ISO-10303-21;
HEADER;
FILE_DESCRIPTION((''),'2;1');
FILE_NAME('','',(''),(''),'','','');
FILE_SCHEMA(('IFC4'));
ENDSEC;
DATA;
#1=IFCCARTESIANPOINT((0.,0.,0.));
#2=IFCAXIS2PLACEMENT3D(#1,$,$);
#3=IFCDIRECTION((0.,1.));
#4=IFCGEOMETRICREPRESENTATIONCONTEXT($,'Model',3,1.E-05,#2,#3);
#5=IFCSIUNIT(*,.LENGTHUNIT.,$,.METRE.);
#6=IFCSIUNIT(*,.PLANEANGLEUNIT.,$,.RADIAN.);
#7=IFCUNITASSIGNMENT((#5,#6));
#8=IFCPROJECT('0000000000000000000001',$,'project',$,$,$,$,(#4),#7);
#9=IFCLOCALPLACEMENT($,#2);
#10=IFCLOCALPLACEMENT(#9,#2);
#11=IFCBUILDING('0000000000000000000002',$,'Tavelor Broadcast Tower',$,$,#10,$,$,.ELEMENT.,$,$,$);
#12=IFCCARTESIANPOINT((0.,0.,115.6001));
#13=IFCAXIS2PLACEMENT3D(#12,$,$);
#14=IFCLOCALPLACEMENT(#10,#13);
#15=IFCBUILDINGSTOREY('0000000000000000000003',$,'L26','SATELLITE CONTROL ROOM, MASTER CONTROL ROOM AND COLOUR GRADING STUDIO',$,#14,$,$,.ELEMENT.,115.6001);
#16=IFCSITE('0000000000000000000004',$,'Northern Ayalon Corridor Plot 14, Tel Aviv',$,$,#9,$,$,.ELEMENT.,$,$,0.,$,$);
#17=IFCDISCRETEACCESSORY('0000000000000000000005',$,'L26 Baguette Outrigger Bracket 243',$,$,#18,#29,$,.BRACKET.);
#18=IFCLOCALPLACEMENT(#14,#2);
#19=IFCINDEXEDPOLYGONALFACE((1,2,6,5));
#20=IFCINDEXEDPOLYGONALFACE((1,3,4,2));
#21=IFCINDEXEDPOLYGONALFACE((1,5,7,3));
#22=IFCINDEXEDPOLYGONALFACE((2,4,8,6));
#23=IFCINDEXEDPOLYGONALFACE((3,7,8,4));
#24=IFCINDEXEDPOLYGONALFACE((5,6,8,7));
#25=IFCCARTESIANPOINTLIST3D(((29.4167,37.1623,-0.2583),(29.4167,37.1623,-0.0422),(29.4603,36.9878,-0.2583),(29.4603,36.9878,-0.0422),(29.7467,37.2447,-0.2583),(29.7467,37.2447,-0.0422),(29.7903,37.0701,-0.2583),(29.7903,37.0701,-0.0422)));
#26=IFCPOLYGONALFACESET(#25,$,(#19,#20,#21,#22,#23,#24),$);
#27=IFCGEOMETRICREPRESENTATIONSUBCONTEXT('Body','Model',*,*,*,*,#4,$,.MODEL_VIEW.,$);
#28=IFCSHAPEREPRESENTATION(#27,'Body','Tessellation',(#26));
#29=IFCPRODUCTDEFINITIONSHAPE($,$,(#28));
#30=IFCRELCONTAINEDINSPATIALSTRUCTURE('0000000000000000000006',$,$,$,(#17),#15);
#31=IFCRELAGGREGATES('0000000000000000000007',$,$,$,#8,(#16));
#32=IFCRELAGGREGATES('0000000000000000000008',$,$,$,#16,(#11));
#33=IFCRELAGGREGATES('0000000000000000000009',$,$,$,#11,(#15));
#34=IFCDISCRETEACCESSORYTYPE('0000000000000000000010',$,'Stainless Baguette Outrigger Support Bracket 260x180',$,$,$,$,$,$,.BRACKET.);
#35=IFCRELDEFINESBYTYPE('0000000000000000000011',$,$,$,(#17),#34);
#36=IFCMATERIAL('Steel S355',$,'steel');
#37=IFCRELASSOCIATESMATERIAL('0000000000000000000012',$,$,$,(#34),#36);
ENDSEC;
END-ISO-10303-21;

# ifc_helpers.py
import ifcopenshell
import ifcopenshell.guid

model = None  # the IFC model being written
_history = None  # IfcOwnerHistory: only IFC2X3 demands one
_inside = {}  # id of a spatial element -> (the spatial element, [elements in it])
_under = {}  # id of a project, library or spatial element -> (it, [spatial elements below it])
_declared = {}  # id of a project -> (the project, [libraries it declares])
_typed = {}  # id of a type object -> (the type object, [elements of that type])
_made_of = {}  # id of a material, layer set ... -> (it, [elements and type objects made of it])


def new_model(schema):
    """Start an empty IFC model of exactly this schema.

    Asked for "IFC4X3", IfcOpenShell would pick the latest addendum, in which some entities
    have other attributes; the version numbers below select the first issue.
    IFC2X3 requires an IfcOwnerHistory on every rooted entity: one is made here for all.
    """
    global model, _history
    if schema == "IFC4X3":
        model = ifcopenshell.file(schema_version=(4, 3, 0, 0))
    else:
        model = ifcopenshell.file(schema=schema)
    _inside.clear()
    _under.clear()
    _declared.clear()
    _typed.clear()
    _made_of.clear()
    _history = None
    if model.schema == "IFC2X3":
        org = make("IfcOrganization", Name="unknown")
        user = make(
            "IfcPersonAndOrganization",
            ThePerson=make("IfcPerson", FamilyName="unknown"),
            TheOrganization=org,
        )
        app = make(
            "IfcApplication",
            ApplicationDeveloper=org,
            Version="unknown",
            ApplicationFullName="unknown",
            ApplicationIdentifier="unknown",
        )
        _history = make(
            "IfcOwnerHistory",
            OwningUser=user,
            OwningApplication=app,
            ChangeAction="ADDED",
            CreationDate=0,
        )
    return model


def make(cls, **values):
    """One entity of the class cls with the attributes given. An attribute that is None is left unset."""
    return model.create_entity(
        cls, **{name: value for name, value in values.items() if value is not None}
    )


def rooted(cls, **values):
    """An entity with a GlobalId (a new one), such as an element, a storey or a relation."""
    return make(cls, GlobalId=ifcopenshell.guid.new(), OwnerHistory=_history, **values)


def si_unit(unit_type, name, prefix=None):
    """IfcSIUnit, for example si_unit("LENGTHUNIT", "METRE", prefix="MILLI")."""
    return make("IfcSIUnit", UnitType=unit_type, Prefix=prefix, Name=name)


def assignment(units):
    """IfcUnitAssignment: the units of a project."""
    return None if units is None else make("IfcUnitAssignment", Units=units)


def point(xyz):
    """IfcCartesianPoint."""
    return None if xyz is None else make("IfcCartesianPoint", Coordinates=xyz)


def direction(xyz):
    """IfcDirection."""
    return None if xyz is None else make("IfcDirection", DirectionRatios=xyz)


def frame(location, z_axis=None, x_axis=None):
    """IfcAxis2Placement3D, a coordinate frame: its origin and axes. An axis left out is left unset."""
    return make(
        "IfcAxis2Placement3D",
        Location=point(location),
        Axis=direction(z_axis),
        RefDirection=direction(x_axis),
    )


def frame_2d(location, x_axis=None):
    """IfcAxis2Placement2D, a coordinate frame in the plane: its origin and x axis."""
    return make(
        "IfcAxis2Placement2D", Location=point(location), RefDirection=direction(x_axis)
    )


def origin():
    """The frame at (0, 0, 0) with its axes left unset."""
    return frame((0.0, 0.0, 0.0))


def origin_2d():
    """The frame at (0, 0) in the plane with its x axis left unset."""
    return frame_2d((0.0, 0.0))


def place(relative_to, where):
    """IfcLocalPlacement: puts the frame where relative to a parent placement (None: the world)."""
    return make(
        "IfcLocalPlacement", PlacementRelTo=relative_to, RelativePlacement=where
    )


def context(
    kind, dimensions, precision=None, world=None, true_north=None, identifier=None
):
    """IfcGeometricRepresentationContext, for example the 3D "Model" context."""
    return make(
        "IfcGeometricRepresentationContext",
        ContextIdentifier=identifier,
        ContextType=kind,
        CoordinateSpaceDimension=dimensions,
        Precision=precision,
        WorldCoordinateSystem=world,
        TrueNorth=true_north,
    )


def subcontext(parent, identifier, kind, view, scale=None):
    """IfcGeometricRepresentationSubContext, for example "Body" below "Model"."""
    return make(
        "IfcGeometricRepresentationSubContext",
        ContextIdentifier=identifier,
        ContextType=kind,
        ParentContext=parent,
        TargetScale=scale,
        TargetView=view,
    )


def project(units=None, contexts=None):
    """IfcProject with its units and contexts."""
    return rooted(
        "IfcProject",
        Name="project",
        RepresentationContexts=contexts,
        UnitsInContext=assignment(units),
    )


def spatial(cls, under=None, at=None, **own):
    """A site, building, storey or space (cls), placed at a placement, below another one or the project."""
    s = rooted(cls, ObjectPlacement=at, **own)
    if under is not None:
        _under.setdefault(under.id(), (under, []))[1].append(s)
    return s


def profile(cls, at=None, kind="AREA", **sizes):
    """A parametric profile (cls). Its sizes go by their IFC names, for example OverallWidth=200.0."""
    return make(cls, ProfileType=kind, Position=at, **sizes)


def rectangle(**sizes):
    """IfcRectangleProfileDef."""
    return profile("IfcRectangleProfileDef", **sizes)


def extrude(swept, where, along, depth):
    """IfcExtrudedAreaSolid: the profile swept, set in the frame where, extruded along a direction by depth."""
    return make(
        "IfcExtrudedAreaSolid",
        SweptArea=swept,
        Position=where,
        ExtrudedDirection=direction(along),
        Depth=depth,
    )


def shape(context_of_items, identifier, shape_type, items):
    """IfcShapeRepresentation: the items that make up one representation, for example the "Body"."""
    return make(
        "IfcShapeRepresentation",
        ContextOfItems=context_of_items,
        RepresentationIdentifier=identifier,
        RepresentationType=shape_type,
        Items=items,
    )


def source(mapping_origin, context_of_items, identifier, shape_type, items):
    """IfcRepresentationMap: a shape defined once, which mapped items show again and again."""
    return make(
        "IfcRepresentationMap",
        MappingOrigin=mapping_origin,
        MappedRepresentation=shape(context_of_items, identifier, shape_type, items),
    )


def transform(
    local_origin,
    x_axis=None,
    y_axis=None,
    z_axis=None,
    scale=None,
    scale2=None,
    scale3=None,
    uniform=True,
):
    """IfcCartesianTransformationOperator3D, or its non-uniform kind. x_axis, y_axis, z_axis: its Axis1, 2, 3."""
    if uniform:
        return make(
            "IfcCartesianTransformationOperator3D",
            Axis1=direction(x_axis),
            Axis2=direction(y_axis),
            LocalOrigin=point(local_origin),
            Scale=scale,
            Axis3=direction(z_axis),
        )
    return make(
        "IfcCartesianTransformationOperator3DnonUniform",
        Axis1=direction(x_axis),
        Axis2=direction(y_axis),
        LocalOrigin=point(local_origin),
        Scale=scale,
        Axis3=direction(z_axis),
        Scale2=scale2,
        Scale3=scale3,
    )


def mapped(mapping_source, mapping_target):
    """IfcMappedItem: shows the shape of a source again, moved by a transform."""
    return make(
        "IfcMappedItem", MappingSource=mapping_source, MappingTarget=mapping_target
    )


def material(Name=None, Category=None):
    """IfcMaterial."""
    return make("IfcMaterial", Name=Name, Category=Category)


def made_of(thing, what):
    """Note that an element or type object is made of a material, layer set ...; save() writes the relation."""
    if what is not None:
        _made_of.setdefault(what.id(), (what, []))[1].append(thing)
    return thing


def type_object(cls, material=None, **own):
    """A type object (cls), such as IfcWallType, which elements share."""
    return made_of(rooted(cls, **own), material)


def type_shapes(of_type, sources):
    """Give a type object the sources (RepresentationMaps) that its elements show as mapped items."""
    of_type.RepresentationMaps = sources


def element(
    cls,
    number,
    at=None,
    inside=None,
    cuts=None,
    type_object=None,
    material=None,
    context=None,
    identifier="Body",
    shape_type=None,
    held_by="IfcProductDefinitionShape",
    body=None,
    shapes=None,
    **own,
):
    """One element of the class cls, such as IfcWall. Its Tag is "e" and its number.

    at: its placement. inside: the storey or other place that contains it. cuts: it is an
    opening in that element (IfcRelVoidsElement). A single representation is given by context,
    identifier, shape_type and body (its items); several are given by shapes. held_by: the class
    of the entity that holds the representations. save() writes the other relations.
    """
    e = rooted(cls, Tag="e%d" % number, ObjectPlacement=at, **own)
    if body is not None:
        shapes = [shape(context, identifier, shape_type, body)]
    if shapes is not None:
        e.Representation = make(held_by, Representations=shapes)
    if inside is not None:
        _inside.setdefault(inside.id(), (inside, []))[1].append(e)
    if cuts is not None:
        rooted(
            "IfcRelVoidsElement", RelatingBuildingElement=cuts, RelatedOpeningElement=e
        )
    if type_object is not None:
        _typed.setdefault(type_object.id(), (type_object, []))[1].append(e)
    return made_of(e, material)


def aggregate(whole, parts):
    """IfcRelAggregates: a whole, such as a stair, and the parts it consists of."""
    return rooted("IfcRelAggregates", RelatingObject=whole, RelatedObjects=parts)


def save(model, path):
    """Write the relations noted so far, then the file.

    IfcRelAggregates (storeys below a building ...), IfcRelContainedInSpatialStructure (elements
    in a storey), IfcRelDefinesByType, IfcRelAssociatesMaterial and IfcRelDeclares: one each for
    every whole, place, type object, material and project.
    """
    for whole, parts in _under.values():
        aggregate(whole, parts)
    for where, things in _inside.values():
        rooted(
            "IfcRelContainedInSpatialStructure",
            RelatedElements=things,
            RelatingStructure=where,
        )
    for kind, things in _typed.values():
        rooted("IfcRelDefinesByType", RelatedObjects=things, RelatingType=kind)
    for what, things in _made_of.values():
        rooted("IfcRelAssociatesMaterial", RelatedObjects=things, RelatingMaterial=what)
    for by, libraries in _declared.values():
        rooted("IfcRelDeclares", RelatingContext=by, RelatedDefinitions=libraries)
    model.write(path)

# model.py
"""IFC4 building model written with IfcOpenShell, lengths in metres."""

from ifc_helpers import new_model, si_unit, direction, frame, origin, origin_2d, place, context, subcontext, project, spatial, rectangle, extrude, source, transform, mapped, material, type_object, type_shapes, element, save


model = new_model("IFC4")

# Units and contexts
model_context = context("Model", 3, precision=1e-05, world=origin(), true_north=direction((0.0, 1.0)))
body_context = subcontext(model_context, "Body", "Model", "MODEL_VIEW")
ifc_project = project(units=[si_unit("LENGTHUNIT", "METRE"), si_unit("PLANEANGLEUNIT", "RADIAN")], contexts=[model_context])

# Site, building, storey
site_placement = place(None, origin())
site = spatial("IfcSite", under=ifc_project, at=site_placement, Name="Northern Ayalon Corridor Plot 14, Tel Aviv", CompositionType="ELEMENT", RefElevation=0.0)
building_placement = place(site_placement, origin())
building = spatial("IfcBuilding", under=site, at=building_placement, Name="Tavelor Broadcast Tower", CompositionType="ELEMENT")
storey_placement = place(building_placement, frame((0.0, 0.0, 115.6001)))
storey = spatial("IfcBuildingStorey", under=building, at=storey_placement, Name="L26", Description="SATELLITE CONTROL ROOM, MASTER CONTROL ROOM AND COLOUR GRADING STUDIO", CompositionType="ELEMENT", Elevation=115.6001)

# Shared definitions
ifc_material_1 = material(Name="Steel S355", Category="steel")

# Discrete accessory
discrete_accessory_type = type_object("IfcDiscreteAccessoryType", Name="Stainless Baguette Outrigger Support Bracket 260x180", PredefinedType="BRACKET", material=ifc_material_1)
shared_shape_1 = source(origin(), body_context, "Body", "SweptSolid", [
    extrude(rectangle(XDim=0.1799, YDim=0.3401, at=origin_2d()), origin(), (0.0, 0.0, 1.0), 0.2161),
])
type_shapes(discrete_accessory_type, [shared_shape_1])
for number, where, z_axis, x_axis, name in (
    (1, (29.6035, 37.1162, -0.2583), (0.0, 0.0, 1.0), (0.242091, -0.970253, 0.0), "L26 Baguette Outrigger Bracket 243"),
):
    element("IfcDiscreteAccessory", number, at=place(storey_placement, frame(where, z_axis=z_axis, x_axis=x_axis)), inside=storey, type_object=discrete_accessory_type, Name=name, PredefinedType="BRACKET", context=body_context, shape_type="MappedRepresentation", body=[
        mapped(shared_shape_1, transform((0.0, 0.0, 0.0), scale=1.0)),
    ])

save(model, "model.ifc")
